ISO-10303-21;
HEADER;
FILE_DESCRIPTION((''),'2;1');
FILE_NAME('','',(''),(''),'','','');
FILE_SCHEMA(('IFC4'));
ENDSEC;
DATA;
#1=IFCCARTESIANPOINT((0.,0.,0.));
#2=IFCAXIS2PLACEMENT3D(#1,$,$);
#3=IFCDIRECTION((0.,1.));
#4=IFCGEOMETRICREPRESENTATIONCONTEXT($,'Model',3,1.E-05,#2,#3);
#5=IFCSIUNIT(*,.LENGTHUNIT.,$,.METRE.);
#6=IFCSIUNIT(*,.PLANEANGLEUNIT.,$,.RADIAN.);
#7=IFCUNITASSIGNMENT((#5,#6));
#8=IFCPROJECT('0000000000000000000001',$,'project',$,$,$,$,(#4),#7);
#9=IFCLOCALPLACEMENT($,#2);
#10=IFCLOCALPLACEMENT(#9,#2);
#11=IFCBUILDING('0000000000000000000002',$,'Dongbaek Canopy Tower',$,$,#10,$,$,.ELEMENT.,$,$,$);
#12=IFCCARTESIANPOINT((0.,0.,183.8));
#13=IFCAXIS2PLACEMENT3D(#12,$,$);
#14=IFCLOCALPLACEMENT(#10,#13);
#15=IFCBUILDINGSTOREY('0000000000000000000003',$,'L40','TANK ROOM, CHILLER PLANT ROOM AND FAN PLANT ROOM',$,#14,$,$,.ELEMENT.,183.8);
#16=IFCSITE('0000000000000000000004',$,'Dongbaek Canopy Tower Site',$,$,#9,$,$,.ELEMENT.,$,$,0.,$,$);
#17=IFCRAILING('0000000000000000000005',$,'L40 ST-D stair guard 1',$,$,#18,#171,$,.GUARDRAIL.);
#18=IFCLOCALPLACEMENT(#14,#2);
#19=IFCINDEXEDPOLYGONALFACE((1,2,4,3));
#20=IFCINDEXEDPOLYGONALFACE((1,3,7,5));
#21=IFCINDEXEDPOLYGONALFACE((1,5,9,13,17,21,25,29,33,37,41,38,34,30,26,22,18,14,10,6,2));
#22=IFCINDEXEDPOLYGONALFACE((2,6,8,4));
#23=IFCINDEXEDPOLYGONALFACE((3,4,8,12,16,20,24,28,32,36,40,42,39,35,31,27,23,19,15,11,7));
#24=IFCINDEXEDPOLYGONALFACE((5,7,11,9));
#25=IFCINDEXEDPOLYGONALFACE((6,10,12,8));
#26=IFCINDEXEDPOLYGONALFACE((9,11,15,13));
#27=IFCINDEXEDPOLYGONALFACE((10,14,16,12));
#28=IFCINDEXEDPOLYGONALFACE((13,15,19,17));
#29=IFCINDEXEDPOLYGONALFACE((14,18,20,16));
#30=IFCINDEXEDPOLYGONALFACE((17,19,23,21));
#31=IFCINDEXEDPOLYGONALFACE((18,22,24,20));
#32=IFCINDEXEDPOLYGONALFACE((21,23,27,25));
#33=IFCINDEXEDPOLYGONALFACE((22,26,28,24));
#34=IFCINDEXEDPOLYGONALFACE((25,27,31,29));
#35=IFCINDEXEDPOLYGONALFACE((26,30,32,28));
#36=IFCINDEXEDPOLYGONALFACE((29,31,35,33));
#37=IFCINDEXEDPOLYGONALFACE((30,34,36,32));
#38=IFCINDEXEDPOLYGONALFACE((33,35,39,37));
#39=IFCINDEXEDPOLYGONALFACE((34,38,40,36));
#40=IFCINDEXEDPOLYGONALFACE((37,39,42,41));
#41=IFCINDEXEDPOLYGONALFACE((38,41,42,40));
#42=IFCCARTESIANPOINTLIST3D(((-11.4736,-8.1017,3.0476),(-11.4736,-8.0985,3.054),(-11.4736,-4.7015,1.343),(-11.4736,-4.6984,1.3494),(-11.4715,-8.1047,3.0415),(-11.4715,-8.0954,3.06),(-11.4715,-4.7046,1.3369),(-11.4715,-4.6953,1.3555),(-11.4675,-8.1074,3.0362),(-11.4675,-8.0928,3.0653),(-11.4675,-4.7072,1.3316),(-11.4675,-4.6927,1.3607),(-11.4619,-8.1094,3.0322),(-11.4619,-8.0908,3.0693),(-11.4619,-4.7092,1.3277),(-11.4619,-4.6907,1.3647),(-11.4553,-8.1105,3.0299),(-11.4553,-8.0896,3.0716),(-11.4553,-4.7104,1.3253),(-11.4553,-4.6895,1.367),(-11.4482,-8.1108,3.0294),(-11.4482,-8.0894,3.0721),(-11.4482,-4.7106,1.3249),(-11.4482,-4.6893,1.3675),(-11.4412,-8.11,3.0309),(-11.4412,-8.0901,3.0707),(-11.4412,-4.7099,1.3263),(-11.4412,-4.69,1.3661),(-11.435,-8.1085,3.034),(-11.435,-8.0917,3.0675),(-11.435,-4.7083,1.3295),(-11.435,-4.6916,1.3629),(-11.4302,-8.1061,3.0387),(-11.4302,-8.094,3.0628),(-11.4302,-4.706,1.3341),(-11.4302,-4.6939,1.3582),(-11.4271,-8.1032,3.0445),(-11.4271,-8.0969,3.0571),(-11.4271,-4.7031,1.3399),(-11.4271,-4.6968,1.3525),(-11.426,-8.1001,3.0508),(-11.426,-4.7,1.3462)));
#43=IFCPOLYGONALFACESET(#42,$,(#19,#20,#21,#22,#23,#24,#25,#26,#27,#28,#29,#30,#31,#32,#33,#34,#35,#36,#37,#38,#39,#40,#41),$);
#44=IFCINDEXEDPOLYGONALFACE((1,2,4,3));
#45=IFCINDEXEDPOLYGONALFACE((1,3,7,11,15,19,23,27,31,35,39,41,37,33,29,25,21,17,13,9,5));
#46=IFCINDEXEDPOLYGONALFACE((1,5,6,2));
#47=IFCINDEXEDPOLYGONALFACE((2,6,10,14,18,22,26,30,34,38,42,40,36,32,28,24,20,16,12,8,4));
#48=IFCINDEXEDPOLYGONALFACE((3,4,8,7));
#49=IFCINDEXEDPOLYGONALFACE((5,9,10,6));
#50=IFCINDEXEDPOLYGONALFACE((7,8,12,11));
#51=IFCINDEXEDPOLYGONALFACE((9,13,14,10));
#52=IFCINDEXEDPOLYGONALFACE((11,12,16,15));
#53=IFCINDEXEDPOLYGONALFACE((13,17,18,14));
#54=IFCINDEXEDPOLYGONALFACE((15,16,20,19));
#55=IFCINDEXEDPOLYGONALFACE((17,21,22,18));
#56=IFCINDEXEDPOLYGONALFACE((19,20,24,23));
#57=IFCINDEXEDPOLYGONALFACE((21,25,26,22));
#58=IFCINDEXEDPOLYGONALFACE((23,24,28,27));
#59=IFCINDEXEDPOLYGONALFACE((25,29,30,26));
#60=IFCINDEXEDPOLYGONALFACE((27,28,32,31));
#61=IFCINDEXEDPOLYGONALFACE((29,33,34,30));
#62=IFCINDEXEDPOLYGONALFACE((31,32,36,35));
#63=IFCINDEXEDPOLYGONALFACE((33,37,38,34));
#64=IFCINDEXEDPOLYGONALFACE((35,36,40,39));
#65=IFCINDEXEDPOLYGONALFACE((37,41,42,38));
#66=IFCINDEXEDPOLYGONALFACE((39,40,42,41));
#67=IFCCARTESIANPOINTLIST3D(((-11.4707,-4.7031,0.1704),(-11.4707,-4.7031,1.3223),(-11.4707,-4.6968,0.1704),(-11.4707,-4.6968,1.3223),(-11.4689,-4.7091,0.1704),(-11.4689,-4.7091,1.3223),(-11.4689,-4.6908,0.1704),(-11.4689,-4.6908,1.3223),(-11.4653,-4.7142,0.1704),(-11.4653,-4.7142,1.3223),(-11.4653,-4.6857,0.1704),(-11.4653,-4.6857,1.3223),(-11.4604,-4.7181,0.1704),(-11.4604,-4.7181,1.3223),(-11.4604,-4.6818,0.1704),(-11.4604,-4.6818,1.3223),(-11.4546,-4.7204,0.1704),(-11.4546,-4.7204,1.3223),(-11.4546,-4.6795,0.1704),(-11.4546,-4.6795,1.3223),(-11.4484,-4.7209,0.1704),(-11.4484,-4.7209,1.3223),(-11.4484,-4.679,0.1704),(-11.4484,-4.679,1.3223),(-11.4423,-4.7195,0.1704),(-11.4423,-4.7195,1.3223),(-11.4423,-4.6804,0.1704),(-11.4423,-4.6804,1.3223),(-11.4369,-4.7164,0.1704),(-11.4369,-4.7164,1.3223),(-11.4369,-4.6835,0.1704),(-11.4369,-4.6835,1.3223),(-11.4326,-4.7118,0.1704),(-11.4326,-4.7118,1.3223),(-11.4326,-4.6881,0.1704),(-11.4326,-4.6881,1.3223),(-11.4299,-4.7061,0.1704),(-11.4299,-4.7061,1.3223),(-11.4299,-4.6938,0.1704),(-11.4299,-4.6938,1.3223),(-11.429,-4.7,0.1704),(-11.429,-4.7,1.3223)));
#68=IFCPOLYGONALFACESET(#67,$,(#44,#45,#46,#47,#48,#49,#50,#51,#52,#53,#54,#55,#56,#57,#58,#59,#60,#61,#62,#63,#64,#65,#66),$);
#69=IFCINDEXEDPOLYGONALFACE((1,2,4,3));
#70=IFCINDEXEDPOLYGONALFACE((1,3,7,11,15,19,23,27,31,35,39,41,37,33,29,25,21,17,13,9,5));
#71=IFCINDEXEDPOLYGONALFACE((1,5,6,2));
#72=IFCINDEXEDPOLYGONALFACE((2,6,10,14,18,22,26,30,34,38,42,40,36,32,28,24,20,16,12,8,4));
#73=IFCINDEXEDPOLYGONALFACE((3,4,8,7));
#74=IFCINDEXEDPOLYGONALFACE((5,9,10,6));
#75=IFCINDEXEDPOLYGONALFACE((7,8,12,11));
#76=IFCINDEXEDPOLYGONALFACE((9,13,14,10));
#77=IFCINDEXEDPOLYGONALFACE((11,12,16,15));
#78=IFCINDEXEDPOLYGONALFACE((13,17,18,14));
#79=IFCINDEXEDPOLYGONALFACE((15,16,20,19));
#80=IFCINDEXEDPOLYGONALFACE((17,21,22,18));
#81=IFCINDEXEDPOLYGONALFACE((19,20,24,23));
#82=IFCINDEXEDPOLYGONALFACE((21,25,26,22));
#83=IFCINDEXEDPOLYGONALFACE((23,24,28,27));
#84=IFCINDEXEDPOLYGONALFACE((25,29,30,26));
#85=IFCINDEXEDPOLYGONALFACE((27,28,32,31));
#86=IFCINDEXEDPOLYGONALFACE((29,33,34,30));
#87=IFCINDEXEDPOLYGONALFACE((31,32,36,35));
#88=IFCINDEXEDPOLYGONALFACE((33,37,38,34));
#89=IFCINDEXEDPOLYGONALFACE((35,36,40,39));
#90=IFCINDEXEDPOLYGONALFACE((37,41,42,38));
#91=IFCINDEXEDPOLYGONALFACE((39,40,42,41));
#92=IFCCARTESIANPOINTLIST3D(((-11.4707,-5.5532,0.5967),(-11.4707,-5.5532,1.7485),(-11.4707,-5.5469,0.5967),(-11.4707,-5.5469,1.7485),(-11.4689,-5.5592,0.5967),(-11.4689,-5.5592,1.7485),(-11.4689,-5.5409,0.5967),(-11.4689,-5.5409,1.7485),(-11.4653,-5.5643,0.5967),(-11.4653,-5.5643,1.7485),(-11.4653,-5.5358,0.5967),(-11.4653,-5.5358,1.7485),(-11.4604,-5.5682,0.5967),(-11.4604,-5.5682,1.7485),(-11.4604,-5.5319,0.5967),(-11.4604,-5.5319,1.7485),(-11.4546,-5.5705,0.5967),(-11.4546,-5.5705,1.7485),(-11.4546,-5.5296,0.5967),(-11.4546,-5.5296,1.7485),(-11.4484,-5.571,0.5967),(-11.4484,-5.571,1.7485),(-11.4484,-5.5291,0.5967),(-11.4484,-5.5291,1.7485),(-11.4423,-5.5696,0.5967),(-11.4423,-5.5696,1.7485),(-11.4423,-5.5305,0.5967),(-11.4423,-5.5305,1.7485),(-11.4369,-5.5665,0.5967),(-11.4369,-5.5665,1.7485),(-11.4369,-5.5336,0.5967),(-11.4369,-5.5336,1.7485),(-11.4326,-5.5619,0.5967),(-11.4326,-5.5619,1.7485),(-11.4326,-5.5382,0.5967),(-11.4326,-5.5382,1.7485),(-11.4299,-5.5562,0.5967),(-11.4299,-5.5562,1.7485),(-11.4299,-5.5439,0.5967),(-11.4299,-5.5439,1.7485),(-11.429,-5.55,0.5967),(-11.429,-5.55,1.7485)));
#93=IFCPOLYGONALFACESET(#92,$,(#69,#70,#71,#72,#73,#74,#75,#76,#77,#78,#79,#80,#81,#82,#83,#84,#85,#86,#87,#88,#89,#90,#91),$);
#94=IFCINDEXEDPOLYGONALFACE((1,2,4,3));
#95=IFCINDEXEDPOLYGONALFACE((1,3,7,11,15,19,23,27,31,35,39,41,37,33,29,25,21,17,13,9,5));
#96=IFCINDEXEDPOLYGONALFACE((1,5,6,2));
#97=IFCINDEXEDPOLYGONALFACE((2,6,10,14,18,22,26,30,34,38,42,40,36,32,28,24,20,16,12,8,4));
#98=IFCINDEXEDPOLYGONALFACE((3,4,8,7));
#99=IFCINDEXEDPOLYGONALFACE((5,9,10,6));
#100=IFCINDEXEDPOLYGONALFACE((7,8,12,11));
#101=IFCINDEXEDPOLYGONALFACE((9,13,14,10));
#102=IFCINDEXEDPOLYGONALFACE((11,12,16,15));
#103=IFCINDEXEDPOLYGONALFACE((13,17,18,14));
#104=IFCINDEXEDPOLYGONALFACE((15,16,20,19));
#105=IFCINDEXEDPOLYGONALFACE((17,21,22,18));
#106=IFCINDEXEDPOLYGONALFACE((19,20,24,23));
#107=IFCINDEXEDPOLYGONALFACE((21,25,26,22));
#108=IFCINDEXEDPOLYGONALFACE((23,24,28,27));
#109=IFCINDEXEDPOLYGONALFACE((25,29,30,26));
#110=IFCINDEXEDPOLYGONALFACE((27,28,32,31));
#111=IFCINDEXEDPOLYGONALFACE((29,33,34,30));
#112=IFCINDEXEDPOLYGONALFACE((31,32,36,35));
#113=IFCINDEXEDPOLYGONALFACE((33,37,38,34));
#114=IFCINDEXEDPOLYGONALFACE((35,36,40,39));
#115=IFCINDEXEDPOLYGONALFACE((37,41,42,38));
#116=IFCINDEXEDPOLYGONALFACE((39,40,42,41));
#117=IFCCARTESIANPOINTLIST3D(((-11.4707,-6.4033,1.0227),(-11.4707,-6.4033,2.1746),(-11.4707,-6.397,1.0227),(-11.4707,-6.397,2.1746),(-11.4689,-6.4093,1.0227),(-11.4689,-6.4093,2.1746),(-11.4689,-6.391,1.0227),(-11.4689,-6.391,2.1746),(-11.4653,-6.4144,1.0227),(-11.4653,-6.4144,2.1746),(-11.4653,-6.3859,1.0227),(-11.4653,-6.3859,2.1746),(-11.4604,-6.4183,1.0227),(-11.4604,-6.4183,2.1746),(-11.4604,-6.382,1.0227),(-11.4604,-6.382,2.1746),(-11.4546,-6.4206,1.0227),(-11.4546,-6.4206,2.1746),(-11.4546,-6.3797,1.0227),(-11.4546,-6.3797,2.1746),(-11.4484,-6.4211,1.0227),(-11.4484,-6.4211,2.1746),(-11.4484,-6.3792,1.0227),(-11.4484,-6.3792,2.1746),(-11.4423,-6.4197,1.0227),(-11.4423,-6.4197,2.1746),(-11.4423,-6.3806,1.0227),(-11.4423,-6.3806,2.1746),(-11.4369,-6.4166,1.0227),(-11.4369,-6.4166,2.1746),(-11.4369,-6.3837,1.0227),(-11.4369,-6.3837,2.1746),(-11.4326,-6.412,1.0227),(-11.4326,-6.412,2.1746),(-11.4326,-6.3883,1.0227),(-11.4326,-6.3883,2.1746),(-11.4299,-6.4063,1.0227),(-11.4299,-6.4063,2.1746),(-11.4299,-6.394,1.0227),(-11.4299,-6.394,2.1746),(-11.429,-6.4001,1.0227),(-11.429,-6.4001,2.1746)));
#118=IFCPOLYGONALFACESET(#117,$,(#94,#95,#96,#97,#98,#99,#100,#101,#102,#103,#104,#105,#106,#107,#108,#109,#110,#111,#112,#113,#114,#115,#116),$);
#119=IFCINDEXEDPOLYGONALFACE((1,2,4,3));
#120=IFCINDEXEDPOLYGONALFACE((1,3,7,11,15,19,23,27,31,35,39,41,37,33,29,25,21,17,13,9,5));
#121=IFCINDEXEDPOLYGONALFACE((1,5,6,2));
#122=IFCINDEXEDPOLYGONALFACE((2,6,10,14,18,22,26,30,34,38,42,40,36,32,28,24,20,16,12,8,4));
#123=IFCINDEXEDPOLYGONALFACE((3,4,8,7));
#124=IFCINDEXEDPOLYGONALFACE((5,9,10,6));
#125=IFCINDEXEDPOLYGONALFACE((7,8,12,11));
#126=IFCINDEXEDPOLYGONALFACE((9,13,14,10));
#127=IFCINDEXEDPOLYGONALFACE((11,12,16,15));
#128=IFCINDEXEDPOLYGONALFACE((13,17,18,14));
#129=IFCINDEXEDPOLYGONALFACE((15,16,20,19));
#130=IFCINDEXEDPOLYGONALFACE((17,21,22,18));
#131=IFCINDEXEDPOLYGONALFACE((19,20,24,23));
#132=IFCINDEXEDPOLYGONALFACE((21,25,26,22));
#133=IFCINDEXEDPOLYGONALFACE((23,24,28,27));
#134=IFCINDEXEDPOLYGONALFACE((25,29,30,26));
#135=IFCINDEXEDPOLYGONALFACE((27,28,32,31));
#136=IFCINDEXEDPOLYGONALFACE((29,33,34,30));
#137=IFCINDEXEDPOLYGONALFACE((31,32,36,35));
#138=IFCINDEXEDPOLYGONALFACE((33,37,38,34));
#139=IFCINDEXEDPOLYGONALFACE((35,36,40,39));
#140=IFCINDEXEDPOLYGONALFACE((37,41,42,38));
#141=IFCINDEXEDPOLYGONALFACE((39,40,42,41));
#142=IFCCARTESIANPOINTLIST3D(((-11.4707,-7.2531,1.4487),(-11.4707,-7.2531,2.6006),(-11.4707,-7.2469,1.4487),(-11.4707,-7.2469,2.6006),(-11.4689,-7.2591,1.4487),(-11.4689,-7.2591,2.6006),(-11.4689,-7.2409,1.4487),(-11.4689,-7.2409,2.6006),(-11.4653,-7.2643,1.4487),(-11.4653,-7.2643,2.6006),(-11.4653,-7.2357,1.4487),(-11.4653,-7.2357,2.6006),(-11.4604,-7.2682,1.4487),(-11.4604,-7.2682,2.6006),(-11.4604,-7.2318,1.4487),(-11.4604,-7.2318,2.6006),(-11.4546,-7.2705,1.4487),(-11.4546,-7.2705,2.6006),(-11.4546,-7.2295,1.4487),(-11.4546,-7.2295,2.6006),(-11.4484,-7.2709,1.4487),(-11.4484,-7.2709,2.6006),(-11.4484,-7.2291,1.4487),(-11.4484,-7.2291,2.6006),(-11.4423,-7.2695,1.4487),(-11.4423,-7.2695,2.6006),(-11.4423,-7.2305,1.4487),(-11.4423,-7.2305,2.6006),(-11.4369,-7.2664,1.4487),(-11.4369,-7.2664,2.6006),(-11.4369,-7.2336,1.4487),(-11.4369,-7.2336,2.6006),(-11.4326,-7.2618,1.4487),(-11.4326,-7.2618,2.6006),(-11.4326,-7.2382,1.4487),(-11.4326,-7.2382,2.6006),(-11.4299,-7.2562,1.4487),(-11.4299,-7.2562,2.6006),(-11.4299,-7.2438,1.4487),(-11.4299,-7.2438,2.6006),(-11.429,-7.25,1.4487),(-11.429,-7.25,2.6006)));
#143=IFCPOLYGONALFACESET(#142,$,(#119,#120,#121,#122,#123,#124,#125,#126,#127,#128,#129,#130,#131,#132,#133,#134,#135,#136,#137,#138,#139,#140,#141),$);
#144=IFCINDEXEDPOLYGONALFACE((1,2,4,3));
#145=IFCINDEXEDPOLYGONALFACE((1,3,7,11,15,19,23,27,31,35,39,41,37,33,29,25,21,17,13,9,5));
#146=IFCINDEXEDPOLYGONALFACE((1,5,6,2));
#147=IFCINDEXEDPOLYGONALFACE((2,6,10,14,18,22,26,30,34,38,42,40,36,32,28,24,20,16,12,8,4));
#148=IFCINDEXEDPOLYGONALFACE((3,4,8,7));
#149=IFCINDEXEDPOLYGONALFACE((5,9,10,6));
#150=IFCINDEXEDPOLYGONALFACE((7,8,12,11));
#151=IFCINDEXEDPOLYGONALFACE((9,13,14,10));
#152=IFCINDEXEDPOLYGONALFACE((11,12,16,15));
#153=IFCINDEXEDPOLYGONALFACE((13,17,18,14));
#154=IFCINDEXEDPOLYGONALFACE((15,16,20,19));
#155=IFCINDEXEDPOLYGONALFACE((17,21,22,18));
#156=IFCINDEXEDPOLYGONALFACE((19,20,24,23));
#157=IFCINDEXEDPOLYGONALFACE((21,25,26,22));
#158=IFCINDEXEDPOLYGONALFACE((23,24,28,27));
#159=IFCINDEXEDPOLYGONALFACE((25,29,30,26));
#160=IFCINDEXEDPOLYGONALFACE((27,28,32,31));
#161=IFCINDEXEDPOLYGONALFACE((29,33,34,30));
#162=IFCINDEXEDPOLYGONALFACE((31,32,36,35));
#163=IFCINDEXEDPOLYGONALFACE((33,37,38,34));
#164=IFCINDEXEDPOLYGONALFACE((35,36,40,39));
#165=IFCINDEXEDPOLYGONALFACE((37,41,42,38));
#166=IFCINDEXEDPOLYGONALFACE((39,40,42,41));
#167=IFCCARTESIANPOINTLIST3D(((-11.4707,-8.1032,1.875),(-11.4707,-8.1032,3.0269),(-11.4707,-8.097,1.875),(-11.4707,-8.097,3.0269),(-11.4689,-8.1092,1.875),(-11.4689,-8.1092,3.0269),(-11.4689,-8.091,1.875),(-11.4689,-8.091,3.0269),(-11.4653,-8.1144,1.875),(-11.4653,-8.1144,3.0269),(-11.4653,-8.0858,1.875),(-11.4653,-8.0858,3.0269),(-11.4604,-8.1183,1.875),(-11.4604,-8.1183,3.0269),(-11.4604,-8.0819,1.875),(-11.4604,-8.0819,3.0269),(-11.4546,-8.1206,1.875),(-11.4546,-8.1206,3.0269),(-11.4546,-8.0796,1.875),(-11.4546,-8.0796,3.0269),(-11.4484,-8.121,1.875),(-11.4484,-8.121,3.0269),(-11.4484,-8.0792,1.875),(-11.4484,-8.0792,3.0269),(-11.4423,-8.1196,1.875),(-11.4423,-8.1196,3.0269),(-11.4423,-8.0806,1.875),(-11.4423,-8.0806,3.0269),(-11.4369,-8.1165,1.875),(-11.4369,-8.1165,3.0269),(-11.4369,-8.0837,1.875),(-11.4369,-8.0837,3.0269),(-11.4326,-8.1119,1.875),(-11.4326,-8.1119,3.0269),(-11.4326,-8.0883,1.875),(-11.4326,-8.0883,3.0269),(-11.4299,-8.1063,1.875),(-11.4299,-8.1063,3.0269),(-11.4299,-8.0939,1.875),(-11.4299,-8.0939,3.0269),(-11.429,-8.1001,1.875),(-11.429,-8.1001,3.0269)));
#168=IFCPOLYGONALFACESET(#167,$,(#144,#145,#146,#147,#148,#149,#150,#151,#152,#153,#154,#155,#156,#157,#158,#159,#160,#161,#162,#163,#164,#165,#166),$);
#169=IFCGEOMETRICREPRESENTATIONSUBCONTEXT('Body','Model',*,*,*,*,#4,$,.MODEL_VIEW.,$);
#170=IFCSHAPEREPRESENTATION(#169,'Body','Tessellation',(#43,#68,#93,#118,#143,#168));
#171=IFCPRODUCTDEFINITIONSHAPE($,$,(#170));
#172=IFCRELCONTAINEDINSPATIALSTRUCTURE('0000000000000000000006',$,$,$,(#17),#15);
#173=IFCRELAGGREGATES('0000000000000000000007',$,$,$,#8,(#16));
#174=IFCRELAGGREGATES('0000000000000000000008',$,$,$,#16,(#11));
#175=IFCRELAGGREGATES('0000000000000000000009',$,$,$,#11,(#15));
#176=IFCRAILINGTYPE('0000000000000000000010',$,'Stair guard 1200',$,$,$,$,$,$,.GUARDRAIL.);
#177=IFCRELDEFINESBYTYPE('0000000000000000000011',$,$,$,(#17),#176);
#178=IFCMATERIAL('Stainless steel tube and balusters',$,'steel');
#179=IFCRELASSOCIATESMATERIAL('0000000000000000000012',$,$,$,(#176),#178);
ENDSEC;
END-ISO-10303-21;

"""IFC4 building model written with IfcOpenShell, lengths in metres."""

from ifc_helpers import new_model, si_unit, direction, frame, origin, origin_2d, place, context, subcontext, project, spatial, circle, extrude, material, type_object, element, save


model = new_model("IFC4")

# Units and contexts
model_context = context("Model", 3, precision=1e-05, world=origin(), true_north=direction((0.0, 1.0)))
body_context = subcontext(model_context, "Body", "Model", "MODEL_VIEW")
ifc_project = project(units=[si_unit("LENGTHUNIT", "METRE"), si_unit("PLANEANGLEUNIT", "RADIAN")], contexts=[model_context])

# Site, building, storey
site_placement = place(None, origin())
site = spatial("IfcSite", under=ifc_project, at=site_placement, Name="Dongbaek Canopy Tower Site", CompositionType="ELEMENT", RefElevation=0.0)
building_placement = place(site_placement, origin())
building = spatial("IfcBuilding", under=site, at=building_placement, Name="Dongbaek Canopy Tower", CompositionType="ELEMENT")
storey_placement = place(building_placement, frame((0.0, 0.0, 183.8)))
storey = spatial("IfcBuildingStorey", under=building, at=storey_placement, Name="L40", Description="TANK ROOM, CHILLER PLANT ROOM AND FAN PLANT ROOM", CompositionType="ELEMENT", Elevation=183.8)

# Railing
ifc_material_1 = material(Name="Stainless steel tube and balusters", Category="steel")
railing_type_1 = type_object("IfcRailingType", Name="Stair guard 1200", PredefinedType="GUARDRAIL", material=ifc_material_1)
railing_1_placement = place(storey_placement, frame((-11.45, -4.7, 0.1704)))
element("IfcRailing", 1, at=railing_1_placement, inside=storey, type_object=railing_type_1, Name="L40 ST-D stair guard 1", PredefinedType="GUARDRAIL", context=body_context, shape_type="SweptSolid", body=[
    extrude(circle(Radius=0.0239, at=origin_2d()), frame((0.0, 0.0, 1.1758), z_axis=(0.0, -0.893952, 0.448163), x_axis=(1.0, 0.0, 0.0)), (0.0, 0.0, 1.0), 3.8035),
    extrude(circle(Radius=0.021, at=origin_2d()), origin(), (0.0, 0.0, 1.0), 1.1519),
    extrude(circle(Radius=0.021, at=origin_2d()), frame((0.0, -0.8501, 0.4263)), (0.0, 0.0, 1.0), 1.1519),
    extrude(circle(Radius=0.021, at=origin_2d()), frame((0.0, -1.7002, 0.8523)), (0.0, 0.0, 1.0), 1.1519),
    extrude(circle(Radius=0.021, at=origin_2d()), frame((0.0, -2.55, 1.2783)), (0.0, 0.0, 1.0), 1.1519),
    extrude(circle(Radius=0.021, at=origin_2d()), frame((0.0, -3.4001, 1.7046)), (0.0, 0.0, 1.0), 1.1519),
])

save(model, "model.ifc")
